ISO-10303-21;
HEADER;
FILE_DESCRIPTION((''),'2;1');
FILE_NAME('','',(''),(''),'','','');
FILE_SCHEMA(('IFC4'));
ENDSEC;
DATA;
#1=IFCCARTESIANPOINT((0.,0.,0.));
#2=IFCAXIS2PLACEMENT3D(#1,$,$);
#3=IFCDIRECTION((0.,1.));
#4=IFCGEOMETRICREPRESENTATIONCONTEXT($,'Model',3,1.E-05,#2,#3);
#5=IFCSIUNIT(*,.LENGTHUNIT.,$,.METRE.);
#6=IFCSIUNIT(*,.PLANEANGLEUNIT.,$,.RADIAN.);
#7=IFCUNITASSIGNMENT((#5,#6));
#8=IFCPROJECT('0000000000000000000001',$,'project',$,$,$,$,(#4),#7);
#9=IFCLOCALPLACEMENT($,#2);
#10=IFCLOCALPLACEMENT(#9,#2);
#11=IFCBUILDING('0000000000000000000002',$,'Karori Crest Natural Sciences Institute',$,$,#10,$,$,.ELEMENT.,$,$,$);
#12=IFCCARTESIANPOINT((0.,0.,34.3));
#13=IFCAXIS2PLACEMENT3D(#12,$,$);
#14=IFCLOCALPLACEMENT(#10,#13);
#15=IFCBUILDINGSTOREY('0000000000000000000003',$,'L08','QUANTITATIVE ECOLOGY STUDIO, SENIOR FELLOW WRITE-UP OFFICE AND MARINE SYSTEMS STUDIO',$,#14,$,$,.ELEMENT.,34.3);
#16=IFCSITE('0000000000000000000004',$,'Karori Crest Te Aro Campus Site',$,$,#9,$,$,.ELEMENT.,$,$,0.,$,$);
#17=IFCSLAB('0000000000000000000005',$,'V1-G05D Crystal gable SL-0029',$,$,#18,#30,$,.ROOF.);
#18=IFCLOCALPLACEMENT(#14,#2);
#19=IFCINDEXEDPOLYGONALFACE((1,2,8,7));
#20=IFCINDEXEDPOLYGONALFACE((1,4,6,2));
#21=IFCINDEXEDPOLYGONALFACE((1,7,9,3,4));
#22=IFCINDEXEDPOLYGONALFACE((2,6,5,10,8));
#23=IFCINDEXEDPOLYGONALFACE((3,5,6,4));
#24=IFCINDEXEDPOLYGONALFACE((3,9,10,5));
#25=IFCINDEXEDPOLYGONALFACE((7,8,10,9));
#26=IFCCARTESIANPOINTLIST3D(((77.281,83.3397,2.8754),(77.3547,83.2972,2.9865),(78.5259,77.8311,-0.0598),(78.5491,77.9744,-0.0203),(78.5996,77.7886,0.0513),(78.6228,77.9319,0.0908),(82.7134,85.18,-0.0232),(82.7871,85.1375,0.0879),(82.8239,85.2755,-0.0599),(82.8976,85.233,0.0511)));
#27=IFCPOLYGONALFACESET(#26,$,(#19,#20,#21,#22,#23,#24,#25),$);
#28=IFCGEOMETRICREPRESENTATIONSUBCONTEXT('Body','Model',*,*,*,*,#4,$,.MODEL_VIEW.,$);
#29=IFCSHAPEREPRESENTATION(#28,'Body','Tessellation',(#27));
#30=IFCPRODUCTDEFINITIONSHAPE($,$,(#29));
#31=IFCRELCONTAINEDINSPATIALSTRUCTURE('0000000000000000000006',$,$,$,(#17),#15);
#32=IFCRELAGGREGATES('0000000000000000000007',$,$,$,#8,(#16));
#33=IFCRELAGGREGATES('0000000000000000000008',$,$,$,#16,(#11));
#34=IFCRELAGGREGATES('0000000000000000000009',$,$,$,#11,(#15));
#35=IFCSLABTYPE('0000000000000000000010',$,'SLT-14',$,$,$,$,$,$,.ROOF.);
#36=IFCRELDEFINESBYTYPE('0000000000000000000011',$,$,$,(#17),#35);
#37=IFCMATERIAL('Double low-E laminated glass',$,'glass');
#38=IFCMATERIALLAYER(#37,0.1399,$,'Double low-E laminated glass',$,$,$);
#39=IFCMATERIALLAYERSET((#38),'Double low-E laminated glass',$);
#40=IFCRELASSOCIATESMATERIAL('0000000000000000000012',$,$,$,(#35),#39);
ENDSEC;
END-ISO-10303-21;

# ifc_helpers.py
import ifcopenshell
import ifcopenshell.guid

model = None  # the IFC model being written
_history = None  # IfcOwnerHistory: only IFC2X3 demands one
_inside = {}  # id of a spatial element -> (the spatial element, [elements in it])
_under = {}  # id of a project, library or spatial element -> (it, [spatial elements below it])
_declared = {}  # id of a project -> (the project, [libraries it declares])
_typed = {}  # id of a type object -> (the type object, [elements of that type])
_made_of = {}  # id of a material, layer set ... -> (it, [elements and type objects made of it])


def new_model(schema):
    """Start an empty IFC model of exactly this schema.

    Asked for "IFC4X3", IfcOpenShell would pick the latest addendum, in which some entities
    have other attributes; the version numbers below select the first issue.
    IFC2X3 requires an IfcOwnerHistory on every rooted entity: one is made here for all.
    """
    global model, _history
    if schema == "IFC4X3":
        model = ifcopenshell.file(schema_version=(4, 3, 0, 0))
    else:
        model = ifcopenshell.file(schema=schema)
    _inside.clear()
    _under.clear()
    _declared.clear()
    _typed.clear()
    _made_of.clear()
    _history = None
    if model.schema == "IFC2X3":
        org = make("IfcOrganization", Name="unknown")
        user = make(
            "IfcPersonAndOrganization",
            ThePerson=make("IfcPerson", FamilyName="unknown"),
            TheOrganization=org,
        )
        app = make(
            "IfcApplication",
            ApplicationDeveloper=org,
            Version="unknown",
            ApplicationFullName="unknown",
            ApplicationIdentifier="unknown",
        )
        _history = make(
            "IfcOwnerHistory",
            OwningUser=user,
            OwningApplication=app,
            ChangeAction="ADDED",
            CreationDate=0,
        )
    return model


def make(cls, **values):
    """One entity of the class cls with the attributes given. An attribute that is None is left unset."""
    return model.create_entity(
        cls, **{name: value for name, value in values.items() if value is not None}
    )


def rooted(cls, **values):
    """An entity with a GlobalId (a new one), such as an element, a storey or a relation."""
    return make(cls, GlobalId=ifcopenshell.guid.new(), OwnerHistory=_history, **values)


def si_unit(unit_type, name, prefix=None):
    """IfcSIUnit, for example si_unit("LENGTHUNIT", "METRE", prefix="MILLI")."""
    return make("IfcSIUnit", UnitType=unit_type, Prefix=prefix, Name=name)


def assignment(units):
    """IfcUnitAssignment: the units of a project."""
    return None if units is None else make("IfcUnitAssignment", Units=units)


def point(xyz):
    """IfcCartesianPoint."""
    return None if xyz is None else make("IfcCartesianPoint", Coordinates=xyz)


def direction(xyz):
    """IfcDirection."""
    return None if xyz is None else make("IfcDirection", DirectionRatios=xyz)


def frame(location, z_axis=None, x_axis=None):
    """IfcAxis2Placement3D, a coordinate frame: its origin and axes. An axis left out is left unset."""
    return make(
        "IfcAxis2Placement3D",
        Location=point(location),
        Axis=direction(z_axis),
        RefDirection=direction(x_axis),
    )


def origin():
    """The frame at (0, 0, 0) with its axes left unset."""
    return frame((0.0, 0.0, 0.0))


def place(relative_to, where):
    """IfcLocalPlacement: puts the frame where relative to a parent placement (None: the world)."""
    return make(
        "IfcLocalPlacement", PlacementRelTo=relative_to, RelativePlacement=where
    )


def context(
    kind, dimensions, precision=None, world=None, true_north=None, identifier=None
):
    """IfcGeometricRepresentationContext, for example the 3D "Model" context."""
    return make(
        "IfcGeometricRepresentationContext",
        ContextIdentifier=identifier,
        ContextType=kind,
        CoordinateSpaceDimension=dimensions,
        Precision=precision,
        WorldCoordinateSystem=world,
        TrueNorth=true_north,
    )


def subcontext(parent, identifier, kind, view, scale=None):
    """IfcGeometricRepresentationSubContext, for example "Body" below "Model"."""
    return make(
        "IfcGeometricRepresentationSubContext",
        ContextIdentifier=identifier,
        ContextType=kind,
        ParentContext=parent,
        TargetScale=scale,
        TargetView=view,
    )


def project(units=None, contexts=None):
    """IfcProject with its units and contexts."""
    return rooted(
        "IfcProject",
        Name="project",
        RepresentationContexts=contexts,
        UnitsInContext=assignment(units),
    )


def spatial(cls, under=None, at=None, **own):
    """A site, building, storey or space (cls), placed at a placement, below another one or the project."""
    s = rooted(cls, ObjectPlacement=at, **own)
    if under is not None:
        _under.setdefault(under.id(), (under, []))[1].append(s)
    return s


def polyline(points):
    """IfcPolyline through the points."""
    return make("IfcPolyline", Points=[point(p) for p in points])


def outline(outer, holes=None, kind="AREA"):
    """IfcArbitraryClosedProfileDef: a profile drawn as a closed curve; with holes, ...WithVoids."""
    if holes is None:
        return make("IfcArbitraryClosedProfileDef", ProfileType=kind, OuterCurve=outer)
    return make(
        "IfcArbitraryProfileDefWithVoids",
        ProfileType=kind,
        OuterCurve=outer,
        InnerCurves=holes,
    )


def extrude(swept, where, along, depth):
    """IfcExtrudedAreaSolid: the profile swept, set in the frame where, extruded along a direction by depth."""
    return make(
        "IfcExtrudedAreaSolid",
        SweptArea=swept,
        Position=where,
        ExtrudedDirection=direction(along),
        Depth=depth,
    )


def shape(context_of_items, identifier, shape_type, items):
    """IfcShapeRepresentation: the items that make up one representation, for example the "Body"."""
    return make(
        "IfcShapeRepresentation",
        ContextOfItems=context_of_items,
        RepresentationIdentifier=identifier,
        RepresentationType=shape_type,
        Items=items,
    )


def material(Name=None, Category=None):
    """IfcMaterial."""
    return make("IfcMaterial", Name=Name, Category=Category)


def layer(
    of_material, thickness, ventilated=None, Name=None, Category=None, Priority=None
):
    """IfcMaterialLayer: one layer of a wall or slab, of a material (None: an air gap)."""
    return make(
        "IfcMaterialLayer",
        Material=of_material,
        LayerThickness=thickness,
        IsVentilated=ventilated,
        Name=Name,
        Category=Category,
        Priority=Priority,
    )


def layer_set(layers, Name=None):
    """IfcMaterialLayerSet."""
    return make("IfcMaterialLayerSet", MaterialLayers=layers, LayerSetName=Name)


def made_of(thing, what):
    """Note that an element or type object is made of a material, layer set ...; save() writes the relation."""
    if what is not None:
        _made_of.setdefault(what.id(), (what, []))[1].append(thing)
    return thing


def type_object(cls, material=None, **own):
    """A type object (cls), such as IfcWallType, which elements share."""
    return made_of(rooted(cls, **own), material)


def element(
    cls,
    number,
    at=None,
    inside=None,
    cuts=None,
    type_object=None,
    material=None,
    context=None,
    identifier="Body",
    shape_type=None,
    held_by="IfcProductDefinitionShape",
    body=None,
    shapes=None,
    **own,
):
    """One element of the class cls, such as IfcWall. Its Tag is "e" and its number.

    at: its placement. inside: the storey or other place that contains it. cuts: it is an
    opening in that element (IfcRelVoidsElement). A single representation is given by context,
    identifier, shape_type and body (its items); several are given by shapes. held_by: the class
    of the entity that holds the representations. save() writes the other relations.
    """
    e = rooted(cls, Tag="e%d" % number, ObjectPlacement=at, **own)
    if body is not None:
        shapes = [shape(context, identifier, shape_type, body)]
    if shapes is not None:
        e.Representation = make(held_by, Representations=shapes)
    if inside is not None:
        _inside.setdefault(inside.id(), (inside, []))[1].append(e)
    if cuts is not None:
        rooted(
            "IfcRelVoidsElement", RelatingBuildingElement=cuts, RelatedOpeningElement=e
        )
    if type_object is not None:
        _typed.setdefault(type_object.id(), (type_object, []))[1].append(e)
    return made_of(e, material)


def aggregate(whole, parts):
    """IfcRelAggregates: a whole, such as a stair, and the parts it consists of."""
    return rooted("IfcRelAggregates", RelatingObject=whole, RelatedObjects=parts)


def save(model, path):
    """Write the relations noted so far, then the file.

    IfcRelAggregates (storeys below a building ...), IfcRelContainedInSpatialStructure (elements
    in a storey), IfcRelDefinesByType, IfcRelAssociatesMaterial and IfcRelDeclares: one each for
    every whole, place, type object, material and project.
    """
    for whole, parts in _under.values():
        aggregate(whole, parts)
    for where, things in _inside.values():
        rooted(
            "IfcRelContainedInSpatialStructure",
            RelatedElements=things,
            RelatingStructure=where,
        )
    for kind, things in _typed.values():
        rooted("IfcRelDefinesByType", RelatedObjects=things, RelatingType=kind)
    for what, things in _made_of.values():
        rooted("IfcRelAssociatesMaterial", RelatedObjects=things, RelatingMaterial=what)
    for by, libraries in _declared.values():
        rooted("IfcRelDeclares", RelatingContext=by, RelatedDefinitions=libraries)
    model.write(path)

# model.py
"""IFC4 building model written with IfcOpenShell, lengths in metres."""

from ifc_helpers import new_model, si_unit, direction, frame, origin, place, context, subcontext, project, spatial, polyline, outline, extrude, material, layer, layer_set, type_object, element, save


model = new_model("IFC4")

# Units and contexts
model_context = context("Model", 3, precision=1e-05, world=origin(), true_north=direction((0.0, 1.0)))
body_context = subcontext(model_context, "Body", "Model", "MODEL_VIEW")
ifc_project = project(units=[si_unit("LENGTHUNIT", "METRE"), si_unit("PLANEANGLEUNIT", "RADIAN")], contexts=[model_context])

# Site, building, storey
site_placement = place(None, origin())
site = spatial("IfcSite", under=ifc_project, at=site_placement, Name="Karori Crest Te Aro Campus Site", CompositionType="ELEMENT", RefElevation=0.0)
building_placement = place(site_placement, origin())
building = spatial("IfcBuilding", under=site, at=building_placement, Name="Karori Crest Natural Sciences Institute", CompositionType="ELEMENT")
storey_placement = place(building_placement, frame((0.0, 0.0, 34.3)))
storey = spatial("IfcBuildingStorey", under=building, at=storey_placement, Name="L08", Description="QUANTITATIVE ECOLOGY STUDIO, SENIOR FELLOW WRITE-UP OFFICE AND MARINE SYSTEMS STUDIO", CompositionType="ELEMENT", Elevation=34.3)

# Slab
ifc_material_1 = material(Name="Double low-E laminated glass", Category="glass")
ifc_layer_1 = layer(ifc_material_1, 0.1399, Name="Double low-E laminated glass")
ifc_layer_set_1 = layer_set([ifc_layer_1], Name="Double low-E laminated glass")
slab_type = type_object("IfcSlabType", Name="SLT-14", PredefinedType="ROOF", material=ifc_layer_set_1)
slab_1_placement = place(storey_placement, frame((78.5996, 77.7886, 0.0513), z_axis=(0.526592, -0.30401, 0.793901), x_axis=(0.499998, 0.866027, -0.000017)))
element("IfcSlab", 1, at=slab_1_placement, inside=storey, type_object=slab_type, Name="V1-G05D Crystal gable SL-0029", PredefinedType="ROOF", context=body_context, shape_type="SweptSolid", body=[
    extrude(outline(polyline([(0.0, 0.0), (8.596, 0.0), (8.4581, 0.0604), (4.1481, 4.8274), (0.1357, 0.065), (0.0, 0.0)])), origin(), (0.0, 0.0, -1.0), 0.1399),
])

save(model, "model.ifc")
